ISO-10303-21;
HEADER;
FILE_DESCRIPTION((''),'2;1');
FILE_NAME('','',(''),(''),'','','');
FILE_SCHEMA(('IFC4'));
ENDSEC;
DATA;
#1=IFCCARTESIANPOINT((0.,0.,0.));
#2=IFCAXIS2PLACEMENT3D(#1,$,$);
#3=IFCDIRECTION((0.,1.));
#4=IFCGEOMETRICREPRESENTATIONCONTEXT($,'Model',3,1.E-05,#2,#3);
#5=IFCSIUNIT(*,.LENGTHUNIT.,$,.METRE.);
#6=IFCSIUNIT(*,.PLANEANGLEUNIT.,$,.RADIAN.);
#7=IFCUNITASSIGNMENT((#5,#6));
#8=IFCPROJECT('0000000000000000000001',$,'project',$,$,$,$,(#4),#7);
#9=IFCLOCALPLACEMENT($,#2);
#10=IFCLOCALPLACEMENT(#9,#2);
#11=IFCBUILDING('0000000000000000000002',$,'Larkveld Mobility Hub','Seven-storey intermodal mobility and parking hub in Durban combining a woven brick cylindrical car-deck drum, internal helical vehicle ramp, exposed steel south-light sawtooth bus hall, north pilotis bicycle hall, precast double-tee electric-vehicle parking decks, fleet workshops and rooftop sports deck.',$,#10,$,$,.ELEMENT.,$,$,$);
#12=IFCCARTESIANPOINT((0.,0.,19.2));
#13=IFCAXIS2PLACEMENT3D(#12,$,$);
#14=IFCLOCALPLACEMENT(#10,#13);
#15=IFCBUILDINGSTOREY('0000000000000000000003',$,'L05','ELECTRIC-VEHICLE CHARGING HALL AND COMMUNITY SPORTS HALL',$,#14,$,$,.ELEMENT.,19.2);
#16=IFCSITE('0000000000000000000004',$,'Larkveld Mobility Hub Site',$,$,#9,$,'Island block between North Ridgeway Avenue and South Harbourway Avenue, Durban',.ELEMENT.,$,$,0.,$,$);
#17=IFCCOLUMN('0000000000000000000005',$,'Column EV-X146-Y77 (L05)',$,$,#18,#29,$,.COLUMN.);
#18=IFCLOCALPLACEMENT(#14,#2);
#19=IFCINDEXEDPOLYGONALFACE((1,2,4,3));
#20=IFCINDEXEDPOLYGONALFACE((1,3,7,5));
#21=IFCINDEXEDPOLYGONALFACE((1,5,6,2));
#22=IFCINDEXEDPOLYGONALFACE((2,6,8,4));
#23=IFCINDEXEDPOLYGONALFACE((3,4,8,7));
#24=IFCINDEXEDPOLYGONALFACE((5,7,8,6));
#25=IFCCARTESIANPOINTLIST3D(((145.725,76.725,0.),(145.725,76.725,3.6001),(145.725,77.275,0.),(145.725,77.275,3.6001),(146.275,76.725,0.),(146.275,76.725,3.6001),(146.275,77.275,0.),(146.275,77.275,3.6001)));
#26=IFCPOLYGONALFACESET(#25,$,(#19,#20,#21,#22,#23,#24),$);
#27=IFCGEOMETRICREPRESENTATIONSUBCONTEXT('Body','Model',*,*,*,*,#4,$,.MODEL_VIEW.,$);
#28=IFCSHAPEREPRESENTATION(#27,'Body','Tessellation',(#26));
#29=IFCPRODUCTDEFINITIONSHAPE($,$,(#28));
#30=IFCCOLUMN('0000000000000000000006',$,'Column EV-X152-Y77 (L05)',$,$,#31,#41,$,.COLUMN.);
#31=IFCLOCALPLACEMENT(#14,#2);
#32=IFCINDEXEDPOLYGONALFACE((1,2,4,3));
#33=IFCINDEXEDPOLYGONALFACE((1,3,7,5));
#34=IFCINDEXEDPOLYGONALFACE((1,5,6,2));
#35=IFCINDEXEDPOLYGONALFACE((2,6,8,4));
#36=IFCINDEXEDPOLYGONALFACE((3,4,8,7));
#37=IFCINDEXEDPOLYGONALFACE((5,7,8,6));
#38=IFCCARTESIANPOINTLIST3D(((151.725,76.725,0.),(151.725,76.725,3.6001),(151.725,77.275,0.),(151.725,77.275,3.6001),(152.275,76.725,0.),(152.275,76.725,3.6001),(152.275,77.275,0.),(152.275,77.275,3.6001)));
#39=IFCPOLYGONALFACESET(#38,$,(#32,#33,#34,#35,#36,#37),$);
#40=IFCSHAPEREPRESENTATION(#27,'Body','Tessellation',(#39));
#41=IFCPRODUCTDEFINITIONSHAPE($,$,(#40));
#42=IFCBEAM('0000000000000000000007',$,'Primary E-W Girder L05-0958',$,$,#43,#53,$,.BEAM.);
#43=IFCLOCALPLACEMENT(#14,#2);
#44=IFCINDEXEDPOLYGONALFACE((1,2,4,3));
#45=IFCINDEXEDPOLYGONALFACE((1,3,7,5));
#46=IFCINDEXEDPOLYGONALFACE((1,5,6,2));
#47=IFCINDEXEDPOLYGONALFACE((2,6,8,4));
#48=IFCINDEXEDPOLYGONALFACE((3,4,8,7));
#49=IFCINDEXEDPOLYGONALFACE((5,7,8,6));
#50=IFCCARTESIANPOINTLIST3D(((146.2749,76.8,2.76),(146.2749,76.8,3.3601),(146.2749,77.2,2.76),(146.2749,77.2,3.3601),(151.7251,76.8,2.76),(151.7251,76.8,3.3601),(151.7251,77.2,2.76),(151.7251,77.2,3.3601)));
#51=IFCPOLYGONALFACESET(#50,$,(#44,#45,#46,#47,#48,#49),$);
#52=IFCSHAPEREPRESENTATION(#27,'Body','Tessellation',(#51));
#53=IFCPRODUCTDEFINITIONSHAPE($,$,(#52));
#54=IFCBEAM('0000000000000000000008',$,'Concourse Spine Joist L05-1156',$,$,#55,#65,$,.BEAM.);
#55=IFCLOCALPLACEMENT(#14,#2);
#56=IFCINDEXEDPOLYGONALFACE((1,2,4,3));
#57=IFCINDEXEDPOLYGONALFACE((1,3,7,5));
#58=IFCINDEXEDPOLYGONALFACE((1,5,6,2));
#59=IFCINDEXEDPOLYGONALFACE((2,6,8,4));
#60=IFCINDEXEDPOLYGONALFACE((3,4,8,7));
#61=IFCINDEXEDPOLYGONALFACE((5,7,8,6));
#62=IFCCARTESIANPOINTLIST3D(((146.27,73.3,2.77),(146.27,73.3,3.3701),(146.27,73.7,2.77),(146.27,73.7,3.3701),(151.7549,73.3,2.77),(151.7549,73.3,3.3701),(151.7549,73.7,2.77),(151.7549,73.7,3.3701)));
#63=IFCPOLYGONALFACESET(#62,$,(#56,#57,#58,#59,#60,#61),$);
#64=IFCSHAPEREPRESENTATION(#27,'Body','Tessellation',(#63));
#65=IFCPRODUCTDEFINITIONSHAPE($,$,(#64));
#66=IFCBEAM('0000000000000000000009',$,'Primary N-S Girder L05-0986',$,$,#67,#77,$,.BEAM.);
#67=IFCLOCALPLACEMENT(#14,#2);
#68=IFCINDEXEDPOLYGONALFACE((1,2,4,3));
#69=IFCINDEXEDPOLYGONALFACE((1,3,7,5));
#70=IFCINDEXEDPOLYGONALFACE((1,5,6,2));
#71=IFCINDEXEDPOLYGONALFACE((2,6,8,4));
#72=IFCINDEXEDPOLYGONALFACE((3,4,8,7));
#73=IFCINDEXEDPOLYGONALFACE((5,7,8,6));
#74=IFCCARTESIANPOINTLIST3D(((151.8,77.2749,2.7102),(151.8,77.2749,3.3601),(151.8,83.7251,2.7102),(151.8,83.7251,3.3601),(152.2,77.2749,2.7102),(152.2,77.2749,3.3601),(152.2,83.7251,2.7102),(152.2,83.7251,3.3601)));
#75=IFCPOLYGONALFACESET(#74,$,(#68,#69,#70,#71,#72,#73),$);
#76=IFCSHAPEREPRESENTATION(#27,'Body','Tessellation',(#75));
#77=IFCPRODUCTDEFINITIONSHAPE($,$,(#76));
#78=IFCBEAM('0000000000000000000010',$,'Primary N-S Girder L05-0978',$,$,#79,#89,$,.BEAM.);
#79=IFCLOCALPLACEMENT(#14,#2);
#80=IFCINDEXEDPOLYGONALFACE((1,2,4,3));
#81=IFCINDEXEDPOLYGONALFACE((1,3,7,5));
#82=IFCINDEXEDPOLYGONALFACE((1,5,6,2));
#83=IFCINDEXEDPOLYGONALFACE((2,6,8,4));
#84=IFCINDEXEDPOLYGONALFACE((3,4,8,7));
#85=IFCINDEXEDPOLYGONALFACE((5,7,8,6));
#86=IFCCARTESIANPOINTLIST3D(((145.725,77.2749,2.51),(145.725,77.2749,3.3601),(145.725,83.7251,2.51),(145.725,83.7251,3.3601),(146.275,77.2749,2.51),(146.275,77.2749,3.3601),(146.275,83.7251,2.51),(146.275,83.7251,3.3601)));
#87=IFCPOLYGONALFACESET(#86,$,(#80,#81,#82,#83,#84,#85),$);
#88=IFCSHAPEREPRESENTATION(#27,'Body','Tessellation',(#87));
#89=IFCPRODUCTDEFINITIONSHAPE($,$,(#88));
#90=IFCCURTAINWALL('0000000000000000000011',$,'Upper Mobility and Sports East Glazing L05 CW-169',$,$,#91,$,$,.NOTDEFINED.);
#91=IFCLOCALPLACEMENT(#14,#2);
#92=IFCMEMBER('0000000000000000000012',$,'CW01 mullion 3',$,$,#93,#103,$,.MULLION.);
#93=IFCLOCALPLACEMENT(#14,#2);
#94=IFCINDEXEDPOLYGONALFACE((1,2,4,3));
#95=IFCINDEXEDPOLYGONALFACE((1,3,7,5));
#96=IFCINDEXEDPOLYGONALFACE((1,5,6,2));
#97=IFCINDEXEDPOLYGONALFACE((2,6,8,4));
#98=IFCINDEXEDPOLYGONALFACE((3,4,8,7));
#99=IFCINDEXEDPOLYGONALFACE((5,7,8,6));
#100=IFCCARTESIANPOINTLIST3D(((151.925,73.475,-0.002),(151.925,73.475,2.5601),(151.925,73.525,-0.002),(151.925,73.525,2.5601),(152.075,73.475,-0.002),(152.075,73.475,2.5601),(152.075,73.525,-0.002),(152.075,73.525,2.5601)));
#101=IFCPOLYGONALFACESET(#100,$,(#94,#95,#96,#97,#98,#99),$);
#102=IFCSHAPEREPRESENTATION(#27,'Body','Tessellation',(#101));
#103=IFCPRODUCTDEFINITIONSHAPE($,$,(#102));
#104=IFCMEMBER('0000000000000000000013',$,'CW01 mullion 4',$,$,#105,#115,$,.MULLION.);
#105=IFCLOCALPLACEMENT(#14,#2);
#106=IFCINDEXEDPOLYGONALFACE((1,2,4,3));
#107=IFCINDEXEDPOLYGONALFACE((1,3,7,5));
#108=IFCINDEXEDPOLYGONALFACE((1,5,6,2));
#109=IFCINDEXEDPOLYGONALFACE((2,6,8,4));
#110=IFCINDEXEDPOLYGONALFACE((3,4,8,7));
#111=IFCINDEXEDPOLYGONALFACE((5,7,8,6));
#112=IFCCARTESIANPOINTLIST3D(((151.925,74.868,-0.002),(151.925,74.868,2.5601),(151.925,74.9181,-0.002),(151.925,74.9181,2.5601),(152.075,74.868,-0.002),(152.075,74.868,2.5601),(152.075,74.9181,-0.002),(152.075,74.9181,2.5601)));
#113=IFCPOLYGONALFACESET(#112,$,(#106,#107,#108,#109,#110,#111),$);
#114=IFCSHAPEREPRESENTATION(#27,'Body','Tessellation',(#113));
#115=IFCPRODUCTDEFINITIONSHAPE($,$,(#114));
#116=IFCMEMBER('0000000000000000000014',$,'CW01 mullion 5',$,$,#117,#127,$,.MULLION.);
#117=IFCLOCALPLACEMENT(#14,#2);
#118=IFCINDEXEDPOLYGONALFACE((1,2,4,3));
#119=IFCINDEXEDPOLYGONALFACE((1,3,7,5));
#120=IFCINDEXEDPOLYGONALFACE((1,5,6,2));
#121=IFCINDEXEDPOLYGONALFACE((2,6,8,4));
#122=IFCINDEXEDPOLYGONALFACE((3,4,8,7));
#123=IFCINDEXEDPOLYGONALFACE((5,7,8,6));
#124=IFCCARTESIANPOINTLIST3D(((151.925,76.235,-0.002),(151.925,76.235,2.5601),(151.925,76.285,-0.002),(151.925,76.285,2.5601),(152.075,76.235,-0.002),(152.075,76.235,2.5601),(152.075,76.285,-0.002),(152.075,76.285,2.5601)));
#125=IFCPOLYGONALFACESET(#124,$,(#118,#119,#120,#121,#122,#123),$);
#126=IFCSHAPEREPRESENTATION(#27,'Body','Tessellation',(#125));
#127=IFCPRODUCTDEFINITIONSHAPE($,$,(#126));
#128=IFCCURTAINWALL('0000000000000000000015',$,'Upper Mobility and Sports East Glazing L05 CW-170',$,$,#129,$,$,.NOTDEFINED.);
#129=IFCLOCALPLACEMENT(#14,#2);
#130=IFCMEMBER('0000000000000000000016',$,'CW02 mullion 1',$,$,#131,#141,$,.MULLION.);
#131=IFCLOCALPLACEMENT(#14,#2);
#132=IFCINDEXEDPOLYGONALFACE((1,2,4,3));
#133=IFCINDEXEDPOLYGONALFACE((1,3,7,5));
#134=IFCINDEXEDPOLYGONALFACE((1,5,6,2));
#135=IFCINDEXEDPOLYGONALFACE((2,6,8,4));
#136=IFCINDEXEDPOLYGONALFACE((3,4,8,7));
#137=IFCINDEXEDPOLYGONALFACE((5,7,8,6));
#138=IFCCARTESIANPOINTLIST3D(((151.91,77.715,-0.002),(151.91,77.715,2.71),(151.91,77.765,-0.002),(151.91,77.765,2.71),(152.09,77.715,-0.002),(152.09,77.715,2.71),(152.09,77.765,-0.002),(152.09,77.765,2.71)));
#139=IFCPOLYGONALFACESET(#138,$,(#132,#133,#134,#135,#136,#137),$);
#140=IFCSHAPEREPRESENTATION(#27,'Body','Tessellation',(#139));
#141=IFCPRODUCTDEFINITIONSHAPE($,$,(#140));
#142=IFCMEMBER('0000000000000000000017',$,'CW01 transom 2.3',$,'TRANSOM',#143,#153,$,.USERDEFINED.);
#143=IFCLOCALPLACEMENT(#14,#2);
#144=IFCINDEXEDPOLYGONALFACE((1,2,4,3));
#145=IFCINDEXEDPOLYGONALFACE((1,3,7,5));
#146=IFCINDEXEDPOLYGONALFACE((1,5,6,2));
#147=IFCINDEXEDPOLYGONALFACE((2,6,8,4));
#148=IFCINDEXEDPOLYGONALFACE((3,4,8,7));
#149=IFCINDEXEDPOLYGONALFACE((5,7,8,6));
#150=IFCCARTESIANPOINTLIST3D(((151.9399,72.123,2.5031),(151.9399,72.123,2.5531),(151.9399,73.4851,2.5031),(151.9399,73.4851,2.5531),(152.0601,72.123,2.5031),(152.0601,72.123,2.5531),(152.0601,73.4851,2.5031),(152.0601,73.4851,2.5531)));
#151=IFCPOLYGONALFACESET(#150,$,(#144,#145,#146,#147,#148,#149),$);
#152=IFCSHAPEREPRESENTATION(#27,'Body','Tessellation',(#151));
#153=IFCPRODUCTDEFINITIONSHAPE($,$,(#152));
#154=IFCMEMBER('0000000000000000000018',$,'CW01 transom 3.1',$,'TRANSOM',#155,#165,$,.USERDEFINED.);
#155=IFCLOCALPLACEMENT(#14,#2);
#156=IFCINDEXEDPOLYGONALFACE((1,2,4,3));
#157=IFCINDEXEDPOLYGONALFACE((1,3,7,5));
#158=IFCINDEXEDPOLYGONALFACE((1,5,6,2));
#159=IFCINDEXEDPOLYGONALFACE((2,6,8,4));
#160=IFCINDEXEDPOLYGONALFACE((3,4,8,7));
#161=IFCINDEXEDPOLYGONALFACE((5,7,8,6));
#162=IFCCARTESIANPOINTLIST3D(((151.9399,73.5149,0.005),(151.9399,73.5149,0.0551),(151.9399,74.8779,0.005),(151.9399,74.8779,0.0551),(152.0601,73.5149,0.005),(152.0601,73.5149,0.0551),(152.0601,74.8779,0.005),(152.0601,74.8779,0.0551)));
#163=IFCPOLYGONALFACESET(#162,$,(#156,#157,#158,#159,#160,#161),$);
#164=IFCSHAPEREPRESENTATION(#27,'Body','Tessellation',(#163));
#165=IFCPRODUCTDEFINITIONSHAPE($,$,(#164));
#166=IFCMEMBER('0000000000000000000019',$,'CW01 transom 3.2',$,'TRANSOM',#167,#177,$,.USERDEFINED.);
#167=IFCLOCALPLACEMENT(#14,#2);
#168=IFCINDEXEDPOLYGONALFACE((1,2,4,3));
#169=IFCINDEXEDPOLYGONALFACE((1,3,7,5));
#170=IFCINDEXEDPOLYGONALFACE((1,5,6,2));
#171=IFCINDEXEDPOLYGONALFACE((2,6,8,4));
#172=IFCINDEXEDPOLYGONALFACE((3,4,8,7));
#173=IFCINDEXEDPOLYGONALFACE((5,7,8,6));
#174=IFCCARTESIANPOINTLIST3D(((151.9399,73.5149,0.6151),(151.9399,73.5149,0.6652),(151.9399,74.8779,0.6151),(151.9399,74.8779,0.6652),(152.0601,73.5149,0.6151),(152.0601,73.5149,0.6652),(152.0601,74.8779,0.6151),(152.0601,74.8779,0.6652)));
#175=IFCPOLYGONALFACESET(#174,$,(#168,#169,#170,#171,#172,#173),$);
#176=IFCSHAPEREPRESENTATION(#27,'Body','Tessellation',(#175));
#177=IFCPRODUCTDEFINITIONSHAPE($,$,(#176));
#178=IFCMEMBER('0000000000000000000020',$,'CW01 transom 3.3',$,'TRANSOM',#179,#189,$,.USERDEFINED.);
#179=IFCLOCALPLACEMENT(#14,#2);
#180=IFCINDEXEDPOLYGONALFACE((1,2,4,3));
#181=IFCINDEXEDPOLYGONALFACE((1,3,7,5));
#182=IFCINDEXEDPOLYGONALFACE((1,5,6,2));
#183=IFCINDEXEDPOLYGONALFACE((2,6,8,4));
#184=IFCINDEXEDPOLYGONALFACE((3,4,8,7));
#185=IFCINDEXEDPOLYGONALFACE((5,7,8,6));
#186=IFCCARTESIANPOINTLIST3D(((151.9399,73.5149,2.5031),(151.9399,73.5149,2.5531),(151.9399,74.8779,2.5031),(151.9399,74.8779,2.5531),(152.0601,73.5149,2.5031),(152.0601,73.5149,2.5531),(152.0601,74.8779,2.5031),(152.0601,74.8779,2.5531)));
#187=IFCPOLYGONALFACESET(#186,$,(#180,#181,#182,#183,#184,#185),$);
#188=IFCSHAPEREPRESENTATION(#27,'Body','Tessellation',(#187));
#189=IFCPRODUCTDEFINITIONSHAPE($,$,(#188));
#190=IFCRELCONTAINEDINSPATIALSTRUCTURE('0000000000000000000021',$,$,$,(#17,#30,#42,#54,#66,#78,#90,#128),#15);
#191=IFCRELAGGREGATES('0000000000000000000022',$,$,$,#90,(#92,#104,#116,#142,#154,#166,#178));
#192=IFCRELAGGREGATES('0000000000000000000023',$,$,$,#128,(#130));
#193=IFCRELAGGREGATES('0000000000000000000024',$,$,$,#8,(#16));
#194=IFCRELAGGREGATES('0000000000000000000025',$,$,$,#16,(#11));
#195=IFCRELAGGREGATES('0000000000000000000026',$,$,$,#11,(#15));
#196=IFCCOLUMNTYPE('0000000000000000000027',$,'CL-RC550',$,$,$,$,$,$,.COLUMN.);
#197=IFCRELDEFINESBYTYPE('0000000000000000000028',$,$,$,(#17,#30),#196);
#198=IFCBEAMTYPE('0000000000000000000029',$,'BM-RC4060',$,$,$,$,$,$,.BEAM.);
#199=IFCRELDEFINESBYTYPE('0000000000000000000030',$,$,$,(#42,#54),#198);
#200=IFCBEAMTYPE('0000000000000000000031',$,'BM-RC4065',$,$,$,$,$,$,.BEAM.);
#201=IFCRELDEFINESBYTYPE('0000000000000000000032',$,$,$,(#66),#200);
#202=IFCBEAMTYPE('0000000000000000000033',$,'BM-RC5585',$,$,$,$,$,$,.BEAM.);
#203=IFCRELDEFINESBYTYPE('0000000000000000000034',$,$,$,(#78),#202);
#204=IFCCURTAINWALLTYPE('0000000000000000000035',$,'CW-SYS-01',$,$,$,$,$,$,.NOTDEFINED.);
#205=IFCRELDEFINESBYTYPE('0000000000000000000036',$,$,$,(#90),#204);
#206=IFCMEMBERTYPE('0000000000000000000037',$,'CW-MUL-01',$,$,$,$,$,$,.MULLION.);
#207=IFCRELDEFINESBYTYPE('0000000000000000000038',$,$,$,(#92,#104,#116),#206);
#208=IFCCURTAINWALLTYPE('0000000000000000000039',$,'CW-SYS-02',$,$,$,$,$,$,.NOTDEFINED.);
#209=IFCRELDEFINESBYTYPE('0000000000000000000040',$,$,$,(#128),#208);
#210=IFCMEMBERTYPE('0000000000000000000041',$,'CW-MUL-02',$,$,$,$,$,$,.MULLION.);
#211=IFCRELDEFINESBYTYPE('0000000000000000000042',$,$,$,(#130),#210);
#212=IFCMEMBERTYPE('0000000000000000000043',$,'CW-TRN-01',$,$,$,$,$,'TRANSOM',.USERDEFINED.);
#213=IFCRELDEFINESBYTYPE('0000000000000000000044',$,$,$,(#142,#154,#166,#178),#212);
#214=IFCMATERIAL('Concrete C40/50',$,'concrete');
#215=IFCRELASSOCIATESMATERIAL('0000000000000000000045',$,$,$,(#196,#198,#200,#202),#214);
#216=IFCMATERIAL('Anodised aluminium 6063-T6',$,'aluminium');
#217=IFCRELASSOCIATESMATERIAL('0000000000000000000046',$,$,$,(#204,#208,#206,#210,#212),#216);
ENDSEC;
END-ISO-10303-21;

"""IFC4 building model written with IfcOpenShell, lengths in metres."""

from ifc_helpers import new_model, si_unit, direction, frame, origin, origin_2d, place, context, subcontext, project, spatial, rectangle, extrude, material, material_profile, profile_set, type_object, element, aggregate, save


model = new_model("IFC4")

# Units and contexts
model_context = context("Model", 3, precision=1e-05, world=origin(), true_north=direction((0.0, 1.0)))
body_context = subcontext(model_context, "Body", "Model", "MODEL_VIEW")
ifc_project = project(units=[si_unit("LENGTHUNIT", "METRE"), si_unit("PLANEANGLEUNIT", "RADIAN")], contexts=[model_context])

# Site, building, storey
site_placement = place(None, origin())
site = spatial("IfcSite", under=ifc_project, at=site_placement, Name="Larkveld Mobility Hub Site", LongName="Island block between North Ridgeway Avenue and South Harbourway Avenue, Durban", CompositionType="ELEMENT", RefElevation=0.0)
building_placement = place(site_placement, origin())
building = spatial("IfcBuilding", under=site, at=building_placement, Name="Larkveld Mobility Hub", Description="Seven-storey intermodal mobility and parking hub in Durban combining a woven brick cylindrical car-deck drum, internal helical vehicle ramp, exposed steel south-light sawtooth bus hall, north pilotis bicycle hall, precast double-tee electric-vehicle parking decks, fleet workshops and rooftop sports deck.", CompositionType="ELEMENT")
storey_placement = place(building_placement, frame((0.0, 0.0, 19.2)))
storey = spatial("IfcBuildingStorey", under=building, at=storey_placement, Name="L05", Description="ELECTRIC-VEHICLE CHARGING HALL AND COMMUNITY SPORTS HALL", CompositionType="ELEMENT", Elevation=19.2)

# Columns
ifc_material_1 = material(Name="Concrete C40/50", Category="concrete")
ifc_material_profile_1 = material_profile(ifc_material_1, rectangle(XDim=0.55, YDim=0.55, at=origin_2d()), Name="RC COL 550x550")
ifc_profile_set_1 = profile_set([ifc_material_profile_1], Name="Concrete C40/50")
column_type = type_object("IfcColumnType", Name="CL-RC550", PredefinedType="COLUMN", material=ifc_profile_set_1)
for number, where, z_axis, x_axis, name in (
    (1, (146.0, 77.0, 0.0), (0.0, 0.0, 1.0), (1.0, 0.0, 0.0), "Column EV-X146-Y77 (L05)"),
    (2, (152.0, 77.0, 0.0), (0.0, 0.0, 1.0), (1.0, 0.0, 0.0), "Column EV-X152-Y77 (L05)"),
):
    element("IfcColumn", number, at=place(storey_placement, frame(where, z_axis=z_axis, x_axis=x_axis)), inside=storey, type_object=column_type, Name=name, PredefinedType="COLUMN", context=body_context, shape_type="SweptSolid", body=[
        extrude(rectangle(XDim=0.55, YDim=0.55, at=origin_2d()), origin(), (0.0, 0.0, 1.0), 3.6001),
    ])

# Beams
ifc_material_profile_2 = material_profile(ifc_material_1, rectangle(XDim=0.3999, YDim=0.6001, at=origin_2d()), Name="RC BM 400x600")
ifc_profile_set_2 = profile_set([ifc_material_profile_2], Name="Concrete C40/50")
beam_type_1 = type_object("IfcBeamType", Name="BM-RC4060", PredefinedType="BEAM", material=ifc_profile_set_2)
beam_1_placement = place(storey_placement, frame((146.2749, 77.0, 3.0601), z_axis=(1.0, 0.0, 0.0), x_axis=(0.0, 1.0, 0.0)))
element("IfcBeam", 3, at=beam_1_placement, inside=storey, type_object=beam_type_1, Name="Primary E-W Girder L05-0958", PredefinedType="BEAM", context=body_context, shape_type="SweptSolid", body=[
    extrude(rectangle(XDim=0.3999, YDim=0.6001, at=origin_2d()), origin(), (0.0, 0.0, 1.0), 5.4502),
])
beam_2_placement = place(storey_placement, frame((146.27, 73.5, 3.0701), z_axis=(1.0, 0.0, 0.0), x_axis=(0.0, 1.0, 0.0)))
element("IfcBeam", 4, at=beam_2_placement, inside=storey, type_object=beam_type_1, Name="Concourse Spine Joist L05-1156", PredefinedType="BEAM", context=body_context, shape_type="SweptSolid", body=[
    extrude(rectangle(XDim=0.3999, YDim=0.6001, at=origin_2d()), origin(), (0.0, 0.0, 1.0), 5.4849),
])
ifc_material_profile_3 = material_profile(ifc_material_1, rectangle(XDim=0.3999, YDim=0.6499, at=origin_2d()), Name="RC BM 400x650")
ifc_profile_set_3 = profile_set([ifc_material_profile_3], Name="Concrete C40/50")
beam_type_2 = type_object("IfcBeamType", Name="BM-RC4065", PredefinedType="BEAM", material=ifc_profile_set_3)
beam_3_placement = place(storey_placement, frame((152.0, 77.2749, 3.0352), z_axis=(0.0, 1.0, 0.0), x_axis=(-1.0, 0.0, 0.0)))
element("IfcBeam", 5, at=beam_3_placement, inside=storey, type_object=beam_type_2, Name="Primary N-S Girder L05-0986", PredefinedType="BEAM", context=body_context, shape_type="SweptSolid", body=[
    extrude(rectangle(XDim=0.3999, YDim=0.6499, at=origin_2d()), origin(), (0.0, 0.0, 1.0), 6.4502),
])
ifc_material_profile_4 = material_profile(ifc_material_1, rectangle(XDim=0.55, YDim=0.8501, at=origin_2d()), Name="RC BM 550x850")
ifc_profile_set_4 = profile_set([ifc_material_profile_4], Name="Concrete C40/50")
beam_type_3 = type_object("IfcBeamType", Name="BM-RC5585", PredefinedType="BEAM", material=ifc_profile_set_4)
beam_4_placement = place(storey_placement, frame((146.0, 77.2749, 2.9351), z_axis=(0.0, 1.0, 0.0), x_axis=(-1.0, 0.0, 0.0)))
element("IfcBeam", 6, at=beam_4_placement, inside=storey, type_object=beam_type_3, Name="Primary N-S Girder L05-0978", PredefinedType="BEAM", context=body_context, shape_type="SweptSolid", body=[
    extrude(rectangle(XDim=0.55, YDim=0.8501, at=origin_2d()), origin(), (0.0, 0.0, 1.0), 6.4502),
])

# Curtain wall, members
ifc_material_2 = material(Name="Anodised aluminium 6063-T6", Category="aluminium")
curtain_wall_type_1 = type_object("IfcCurtainWallType", Name="CW-SYS-01", PredefinedType="NOTDEFINED", material=ifc_material_2)
curtain_wall_1_placement = place(storey_placement, origin())
curtain_wall_1 = element("IfcCurtainWall", 7, at=curtain_wall_1_placement, inside=storey, type_object=curtain_wall_type_1, Name="Upper Mobility and Sports East Glazing L05 CW-169", PredefinedType="NOTDEFINED")
ifc_material_profile_5 = material_profile(ifc_material_2, rectangle(XDim=0.05, YDim=0.1499, at=origin_2d()), Name="ALU MULL 50x150")
ifc_profile_set_5 = profile_set([ifc_material_profile_5], Name="Anodised aluminium 6063-T6")
member_type_1 = type_object("IfcMemberType", Name="CW-MUL-01", PredefinedType="MULLION", material=ifc_profile_set_5)
member_1_placement = place(storey_placement, frame((152.0, 73.5, -0.002), z_axis=(0.0, 0.0, 1.0), x_axis=(0.0, 1.0, 0.0)))
member_1 = element("IfcMember", 8, at=member_1_placement, type_object=member_type_1, Name="CW01 mullion 3", PredefinedType="MULLION", context=body_context, shape_type="SweptSolid", body=[
    extrude(rectangle(XDim=0.05, YDim=0.1499, at=origin_2d()), origin(), (0.0, 0.0, 1.0), 2.562),
])
member_2_placement = place(storey_placement, frame((152.0, 74.8931, -0.002), z_axis=(0.0, 0.0, 1.0), x_axis=(0.0, 1.0, 0.0)))
member_2 = element("IfcMember", 9, at=member_2_placement, type_object=member_type_1, Name="CW01 mullion 4", PredefinedType="MULLION", context=body_context, shape_type="SweptSolid", body=[
    extrude(rectangle(XDim=0.05, YDim=0.1499, at=origin_2d()), origin(), (0.0, 0.0, 1.0), 2.562),
])
member_3_placement = place(storey_placement, frame((152.0, 76.26, -0.002), z_axis=(0.0, 0.0, 1.0), x_axis=(0.0, 1.0, 0.0)))
member_3 = element("IfcMember", 10, at=member_3_placement, type_object=member_type_1, Name="CW01 mullion 5", PredefinedType="MULLION", context=body_context, shape_type="SweptSolid", body=[
    extrude(rectangle(XDim=0.05, YDim=0.1499, at=origin_2d()), origin(), (0.0, 0.0, 1.0), 2.562),
])

# Curtain wall, member
curtain_wall_type_2 = type_object("IfcCurtainWallType", Name="CW-SYS-02", PredefinedType="NOTDEFINED", material=ifc_material_2)
curtain_wall_2_placement = place(storey_placement, origin())
curtain_wall_2 = element("IfcCurtainWall", 11, at=curtain_wall_2_placement, inside=storey, type_object=curtain_wall_type_2, Name="Upper Mobility and Sports East Glazing L05 CW-170", PredefinedType="NOTDEFINED")
ifc_material_profile_6 = material_profile(ifc_material_2, rectangle(XDim=0.05, YDim=0.1799, at=origin_2d()), Name="ALU MULL 50x180")
ifc_profile_set_6 = profile_set([ifc_material_profile_6], Name="Anodised aluminium 6063-T6")
member_type_2 = type_object("IfcMemberType", Name="CW-MUL-02", PredefinedType="MULLION", material=ifc_profile_set_6)
member_4_placement = place(storey_placement, frame((152.0, 77.74, -0.002), z_axis=(0.0, 0.0, 1.0), x_axis=(0.0, 1.0, 0.0)))
member_4 = element("IfcMember", 12, at=member_4_placement, type_object=member_type_2, Name="CW02 mullion 1", PredefinedType="MULLION", context=body_context, shape_type="SweptSolid", body=[
    extrude(rectangle(XDim=0.05, YDim=0.1799, at=origin_2d()), origin(), (0.0, 0.0, 1.0), 2.7119),
])

# Members
ifc_material_profile_7 = material_profile(ifc_material_2, rectangle(XDim=0.1201, YDim=0.05, at=origin_2d()), Name="ALU TRAN 50x120")
ifc_profile_set_7 = profile_set([ifc_material_profile_7], Name="Anodised aluminium 6063-T6")
member_type_3 = type_object("IfcMemberType", Name="CW-TRN-01", ElementType="TRANSOM", PredefinedType="USERDEFINED", material=ifc_profile_set_7)
member_5_placement = place(storey_placement, frame((152.0, 72.123, 2.5281), z_axis=(0.0, 1.0, 0.0), x_axis=(-1.0, 0.0, 0.0)))
member_5 = element("IfcMember", 13, at=member_5_placement, type_object=member_type_3, Name="CW01 transom 2.3", ObjectType="TRANSOM", PredefinedType="USERDEFINED", context=body_context, shape_type="SweptSolid", body=[
    extrude(rectangle(XDim=0.1201, YDim=0.05, at=origin_2d()), origin(), (0.0, 0.0, 1.0), 1.3621),
])
member_6_placement = place(storey_placement, frame((152.0, 73.5149, 0.03), z_axis=(0.0, 1.0, 0.0), x_axis=(-1.0, 0.0, 0.0)))
member_6 = element("IfcMember", 14, at=member_6_placement, type_object=member_type_3, Name="CW01 transom 3.1", ObjectType="TRANSOM", PredefinedType="USERDEFINED", context=body_context, shape_type="SweptSolid", body=[
    extrude(rectangle(XDim=0.1201, YDim=0.05, at=origin_2d()), origin(), (0.0, 0.0, 1.0), 1.363),
])
member_7_placement = place(storey_placement, frame((152.0, 73.5149, 0.6401), z_axis=(0.0, 1.0, 0.0), x_axis=(-1.0, 0.0, 0.0)))
member_7 = element("IfcMember", 15, at=member_7_placement, type_object=member_type_3, Name="CW01 transom 3.2", ObjectType="TRANSOM", PredefinedType="USERDEFINED", context=body_context, shape_type="SweptSolid", body=[
    extrude(rectangle(XDim=0.1201, YDim=0.05, at=origin_2d()), origin(), (0.0, 0.0, 1.0), 1.363),
])
member_8_placement = place(storey_placement, frame((152.0, 73.5149, 2.5281), z_axis=(0.0, 1.0, 0.0), x_axis=(-1.0, 0.0, 0.0)))
member_8 = element("IfcMember", 16, at=member_8_placement, type_object=member_type_3, Name="CW01 transom 3.3", ObjectType="TRANSOM", PredefinedType="USERDEFINED", context=body_context, shape_type="SweptSolid", body=[
    extrude(rectangle(XDim=0.1201, YDim=0.05, at=origin_2d()), origin(), (0.0, 0.0, 1.0), 1.363),
])

aggregate(curtain_wall_1, [member_1, member_2, member_3, member_5, member_6, member_7, member_8])
aggregate(curtain_wall_2, [member_4])

save(model, "model.ifc")
